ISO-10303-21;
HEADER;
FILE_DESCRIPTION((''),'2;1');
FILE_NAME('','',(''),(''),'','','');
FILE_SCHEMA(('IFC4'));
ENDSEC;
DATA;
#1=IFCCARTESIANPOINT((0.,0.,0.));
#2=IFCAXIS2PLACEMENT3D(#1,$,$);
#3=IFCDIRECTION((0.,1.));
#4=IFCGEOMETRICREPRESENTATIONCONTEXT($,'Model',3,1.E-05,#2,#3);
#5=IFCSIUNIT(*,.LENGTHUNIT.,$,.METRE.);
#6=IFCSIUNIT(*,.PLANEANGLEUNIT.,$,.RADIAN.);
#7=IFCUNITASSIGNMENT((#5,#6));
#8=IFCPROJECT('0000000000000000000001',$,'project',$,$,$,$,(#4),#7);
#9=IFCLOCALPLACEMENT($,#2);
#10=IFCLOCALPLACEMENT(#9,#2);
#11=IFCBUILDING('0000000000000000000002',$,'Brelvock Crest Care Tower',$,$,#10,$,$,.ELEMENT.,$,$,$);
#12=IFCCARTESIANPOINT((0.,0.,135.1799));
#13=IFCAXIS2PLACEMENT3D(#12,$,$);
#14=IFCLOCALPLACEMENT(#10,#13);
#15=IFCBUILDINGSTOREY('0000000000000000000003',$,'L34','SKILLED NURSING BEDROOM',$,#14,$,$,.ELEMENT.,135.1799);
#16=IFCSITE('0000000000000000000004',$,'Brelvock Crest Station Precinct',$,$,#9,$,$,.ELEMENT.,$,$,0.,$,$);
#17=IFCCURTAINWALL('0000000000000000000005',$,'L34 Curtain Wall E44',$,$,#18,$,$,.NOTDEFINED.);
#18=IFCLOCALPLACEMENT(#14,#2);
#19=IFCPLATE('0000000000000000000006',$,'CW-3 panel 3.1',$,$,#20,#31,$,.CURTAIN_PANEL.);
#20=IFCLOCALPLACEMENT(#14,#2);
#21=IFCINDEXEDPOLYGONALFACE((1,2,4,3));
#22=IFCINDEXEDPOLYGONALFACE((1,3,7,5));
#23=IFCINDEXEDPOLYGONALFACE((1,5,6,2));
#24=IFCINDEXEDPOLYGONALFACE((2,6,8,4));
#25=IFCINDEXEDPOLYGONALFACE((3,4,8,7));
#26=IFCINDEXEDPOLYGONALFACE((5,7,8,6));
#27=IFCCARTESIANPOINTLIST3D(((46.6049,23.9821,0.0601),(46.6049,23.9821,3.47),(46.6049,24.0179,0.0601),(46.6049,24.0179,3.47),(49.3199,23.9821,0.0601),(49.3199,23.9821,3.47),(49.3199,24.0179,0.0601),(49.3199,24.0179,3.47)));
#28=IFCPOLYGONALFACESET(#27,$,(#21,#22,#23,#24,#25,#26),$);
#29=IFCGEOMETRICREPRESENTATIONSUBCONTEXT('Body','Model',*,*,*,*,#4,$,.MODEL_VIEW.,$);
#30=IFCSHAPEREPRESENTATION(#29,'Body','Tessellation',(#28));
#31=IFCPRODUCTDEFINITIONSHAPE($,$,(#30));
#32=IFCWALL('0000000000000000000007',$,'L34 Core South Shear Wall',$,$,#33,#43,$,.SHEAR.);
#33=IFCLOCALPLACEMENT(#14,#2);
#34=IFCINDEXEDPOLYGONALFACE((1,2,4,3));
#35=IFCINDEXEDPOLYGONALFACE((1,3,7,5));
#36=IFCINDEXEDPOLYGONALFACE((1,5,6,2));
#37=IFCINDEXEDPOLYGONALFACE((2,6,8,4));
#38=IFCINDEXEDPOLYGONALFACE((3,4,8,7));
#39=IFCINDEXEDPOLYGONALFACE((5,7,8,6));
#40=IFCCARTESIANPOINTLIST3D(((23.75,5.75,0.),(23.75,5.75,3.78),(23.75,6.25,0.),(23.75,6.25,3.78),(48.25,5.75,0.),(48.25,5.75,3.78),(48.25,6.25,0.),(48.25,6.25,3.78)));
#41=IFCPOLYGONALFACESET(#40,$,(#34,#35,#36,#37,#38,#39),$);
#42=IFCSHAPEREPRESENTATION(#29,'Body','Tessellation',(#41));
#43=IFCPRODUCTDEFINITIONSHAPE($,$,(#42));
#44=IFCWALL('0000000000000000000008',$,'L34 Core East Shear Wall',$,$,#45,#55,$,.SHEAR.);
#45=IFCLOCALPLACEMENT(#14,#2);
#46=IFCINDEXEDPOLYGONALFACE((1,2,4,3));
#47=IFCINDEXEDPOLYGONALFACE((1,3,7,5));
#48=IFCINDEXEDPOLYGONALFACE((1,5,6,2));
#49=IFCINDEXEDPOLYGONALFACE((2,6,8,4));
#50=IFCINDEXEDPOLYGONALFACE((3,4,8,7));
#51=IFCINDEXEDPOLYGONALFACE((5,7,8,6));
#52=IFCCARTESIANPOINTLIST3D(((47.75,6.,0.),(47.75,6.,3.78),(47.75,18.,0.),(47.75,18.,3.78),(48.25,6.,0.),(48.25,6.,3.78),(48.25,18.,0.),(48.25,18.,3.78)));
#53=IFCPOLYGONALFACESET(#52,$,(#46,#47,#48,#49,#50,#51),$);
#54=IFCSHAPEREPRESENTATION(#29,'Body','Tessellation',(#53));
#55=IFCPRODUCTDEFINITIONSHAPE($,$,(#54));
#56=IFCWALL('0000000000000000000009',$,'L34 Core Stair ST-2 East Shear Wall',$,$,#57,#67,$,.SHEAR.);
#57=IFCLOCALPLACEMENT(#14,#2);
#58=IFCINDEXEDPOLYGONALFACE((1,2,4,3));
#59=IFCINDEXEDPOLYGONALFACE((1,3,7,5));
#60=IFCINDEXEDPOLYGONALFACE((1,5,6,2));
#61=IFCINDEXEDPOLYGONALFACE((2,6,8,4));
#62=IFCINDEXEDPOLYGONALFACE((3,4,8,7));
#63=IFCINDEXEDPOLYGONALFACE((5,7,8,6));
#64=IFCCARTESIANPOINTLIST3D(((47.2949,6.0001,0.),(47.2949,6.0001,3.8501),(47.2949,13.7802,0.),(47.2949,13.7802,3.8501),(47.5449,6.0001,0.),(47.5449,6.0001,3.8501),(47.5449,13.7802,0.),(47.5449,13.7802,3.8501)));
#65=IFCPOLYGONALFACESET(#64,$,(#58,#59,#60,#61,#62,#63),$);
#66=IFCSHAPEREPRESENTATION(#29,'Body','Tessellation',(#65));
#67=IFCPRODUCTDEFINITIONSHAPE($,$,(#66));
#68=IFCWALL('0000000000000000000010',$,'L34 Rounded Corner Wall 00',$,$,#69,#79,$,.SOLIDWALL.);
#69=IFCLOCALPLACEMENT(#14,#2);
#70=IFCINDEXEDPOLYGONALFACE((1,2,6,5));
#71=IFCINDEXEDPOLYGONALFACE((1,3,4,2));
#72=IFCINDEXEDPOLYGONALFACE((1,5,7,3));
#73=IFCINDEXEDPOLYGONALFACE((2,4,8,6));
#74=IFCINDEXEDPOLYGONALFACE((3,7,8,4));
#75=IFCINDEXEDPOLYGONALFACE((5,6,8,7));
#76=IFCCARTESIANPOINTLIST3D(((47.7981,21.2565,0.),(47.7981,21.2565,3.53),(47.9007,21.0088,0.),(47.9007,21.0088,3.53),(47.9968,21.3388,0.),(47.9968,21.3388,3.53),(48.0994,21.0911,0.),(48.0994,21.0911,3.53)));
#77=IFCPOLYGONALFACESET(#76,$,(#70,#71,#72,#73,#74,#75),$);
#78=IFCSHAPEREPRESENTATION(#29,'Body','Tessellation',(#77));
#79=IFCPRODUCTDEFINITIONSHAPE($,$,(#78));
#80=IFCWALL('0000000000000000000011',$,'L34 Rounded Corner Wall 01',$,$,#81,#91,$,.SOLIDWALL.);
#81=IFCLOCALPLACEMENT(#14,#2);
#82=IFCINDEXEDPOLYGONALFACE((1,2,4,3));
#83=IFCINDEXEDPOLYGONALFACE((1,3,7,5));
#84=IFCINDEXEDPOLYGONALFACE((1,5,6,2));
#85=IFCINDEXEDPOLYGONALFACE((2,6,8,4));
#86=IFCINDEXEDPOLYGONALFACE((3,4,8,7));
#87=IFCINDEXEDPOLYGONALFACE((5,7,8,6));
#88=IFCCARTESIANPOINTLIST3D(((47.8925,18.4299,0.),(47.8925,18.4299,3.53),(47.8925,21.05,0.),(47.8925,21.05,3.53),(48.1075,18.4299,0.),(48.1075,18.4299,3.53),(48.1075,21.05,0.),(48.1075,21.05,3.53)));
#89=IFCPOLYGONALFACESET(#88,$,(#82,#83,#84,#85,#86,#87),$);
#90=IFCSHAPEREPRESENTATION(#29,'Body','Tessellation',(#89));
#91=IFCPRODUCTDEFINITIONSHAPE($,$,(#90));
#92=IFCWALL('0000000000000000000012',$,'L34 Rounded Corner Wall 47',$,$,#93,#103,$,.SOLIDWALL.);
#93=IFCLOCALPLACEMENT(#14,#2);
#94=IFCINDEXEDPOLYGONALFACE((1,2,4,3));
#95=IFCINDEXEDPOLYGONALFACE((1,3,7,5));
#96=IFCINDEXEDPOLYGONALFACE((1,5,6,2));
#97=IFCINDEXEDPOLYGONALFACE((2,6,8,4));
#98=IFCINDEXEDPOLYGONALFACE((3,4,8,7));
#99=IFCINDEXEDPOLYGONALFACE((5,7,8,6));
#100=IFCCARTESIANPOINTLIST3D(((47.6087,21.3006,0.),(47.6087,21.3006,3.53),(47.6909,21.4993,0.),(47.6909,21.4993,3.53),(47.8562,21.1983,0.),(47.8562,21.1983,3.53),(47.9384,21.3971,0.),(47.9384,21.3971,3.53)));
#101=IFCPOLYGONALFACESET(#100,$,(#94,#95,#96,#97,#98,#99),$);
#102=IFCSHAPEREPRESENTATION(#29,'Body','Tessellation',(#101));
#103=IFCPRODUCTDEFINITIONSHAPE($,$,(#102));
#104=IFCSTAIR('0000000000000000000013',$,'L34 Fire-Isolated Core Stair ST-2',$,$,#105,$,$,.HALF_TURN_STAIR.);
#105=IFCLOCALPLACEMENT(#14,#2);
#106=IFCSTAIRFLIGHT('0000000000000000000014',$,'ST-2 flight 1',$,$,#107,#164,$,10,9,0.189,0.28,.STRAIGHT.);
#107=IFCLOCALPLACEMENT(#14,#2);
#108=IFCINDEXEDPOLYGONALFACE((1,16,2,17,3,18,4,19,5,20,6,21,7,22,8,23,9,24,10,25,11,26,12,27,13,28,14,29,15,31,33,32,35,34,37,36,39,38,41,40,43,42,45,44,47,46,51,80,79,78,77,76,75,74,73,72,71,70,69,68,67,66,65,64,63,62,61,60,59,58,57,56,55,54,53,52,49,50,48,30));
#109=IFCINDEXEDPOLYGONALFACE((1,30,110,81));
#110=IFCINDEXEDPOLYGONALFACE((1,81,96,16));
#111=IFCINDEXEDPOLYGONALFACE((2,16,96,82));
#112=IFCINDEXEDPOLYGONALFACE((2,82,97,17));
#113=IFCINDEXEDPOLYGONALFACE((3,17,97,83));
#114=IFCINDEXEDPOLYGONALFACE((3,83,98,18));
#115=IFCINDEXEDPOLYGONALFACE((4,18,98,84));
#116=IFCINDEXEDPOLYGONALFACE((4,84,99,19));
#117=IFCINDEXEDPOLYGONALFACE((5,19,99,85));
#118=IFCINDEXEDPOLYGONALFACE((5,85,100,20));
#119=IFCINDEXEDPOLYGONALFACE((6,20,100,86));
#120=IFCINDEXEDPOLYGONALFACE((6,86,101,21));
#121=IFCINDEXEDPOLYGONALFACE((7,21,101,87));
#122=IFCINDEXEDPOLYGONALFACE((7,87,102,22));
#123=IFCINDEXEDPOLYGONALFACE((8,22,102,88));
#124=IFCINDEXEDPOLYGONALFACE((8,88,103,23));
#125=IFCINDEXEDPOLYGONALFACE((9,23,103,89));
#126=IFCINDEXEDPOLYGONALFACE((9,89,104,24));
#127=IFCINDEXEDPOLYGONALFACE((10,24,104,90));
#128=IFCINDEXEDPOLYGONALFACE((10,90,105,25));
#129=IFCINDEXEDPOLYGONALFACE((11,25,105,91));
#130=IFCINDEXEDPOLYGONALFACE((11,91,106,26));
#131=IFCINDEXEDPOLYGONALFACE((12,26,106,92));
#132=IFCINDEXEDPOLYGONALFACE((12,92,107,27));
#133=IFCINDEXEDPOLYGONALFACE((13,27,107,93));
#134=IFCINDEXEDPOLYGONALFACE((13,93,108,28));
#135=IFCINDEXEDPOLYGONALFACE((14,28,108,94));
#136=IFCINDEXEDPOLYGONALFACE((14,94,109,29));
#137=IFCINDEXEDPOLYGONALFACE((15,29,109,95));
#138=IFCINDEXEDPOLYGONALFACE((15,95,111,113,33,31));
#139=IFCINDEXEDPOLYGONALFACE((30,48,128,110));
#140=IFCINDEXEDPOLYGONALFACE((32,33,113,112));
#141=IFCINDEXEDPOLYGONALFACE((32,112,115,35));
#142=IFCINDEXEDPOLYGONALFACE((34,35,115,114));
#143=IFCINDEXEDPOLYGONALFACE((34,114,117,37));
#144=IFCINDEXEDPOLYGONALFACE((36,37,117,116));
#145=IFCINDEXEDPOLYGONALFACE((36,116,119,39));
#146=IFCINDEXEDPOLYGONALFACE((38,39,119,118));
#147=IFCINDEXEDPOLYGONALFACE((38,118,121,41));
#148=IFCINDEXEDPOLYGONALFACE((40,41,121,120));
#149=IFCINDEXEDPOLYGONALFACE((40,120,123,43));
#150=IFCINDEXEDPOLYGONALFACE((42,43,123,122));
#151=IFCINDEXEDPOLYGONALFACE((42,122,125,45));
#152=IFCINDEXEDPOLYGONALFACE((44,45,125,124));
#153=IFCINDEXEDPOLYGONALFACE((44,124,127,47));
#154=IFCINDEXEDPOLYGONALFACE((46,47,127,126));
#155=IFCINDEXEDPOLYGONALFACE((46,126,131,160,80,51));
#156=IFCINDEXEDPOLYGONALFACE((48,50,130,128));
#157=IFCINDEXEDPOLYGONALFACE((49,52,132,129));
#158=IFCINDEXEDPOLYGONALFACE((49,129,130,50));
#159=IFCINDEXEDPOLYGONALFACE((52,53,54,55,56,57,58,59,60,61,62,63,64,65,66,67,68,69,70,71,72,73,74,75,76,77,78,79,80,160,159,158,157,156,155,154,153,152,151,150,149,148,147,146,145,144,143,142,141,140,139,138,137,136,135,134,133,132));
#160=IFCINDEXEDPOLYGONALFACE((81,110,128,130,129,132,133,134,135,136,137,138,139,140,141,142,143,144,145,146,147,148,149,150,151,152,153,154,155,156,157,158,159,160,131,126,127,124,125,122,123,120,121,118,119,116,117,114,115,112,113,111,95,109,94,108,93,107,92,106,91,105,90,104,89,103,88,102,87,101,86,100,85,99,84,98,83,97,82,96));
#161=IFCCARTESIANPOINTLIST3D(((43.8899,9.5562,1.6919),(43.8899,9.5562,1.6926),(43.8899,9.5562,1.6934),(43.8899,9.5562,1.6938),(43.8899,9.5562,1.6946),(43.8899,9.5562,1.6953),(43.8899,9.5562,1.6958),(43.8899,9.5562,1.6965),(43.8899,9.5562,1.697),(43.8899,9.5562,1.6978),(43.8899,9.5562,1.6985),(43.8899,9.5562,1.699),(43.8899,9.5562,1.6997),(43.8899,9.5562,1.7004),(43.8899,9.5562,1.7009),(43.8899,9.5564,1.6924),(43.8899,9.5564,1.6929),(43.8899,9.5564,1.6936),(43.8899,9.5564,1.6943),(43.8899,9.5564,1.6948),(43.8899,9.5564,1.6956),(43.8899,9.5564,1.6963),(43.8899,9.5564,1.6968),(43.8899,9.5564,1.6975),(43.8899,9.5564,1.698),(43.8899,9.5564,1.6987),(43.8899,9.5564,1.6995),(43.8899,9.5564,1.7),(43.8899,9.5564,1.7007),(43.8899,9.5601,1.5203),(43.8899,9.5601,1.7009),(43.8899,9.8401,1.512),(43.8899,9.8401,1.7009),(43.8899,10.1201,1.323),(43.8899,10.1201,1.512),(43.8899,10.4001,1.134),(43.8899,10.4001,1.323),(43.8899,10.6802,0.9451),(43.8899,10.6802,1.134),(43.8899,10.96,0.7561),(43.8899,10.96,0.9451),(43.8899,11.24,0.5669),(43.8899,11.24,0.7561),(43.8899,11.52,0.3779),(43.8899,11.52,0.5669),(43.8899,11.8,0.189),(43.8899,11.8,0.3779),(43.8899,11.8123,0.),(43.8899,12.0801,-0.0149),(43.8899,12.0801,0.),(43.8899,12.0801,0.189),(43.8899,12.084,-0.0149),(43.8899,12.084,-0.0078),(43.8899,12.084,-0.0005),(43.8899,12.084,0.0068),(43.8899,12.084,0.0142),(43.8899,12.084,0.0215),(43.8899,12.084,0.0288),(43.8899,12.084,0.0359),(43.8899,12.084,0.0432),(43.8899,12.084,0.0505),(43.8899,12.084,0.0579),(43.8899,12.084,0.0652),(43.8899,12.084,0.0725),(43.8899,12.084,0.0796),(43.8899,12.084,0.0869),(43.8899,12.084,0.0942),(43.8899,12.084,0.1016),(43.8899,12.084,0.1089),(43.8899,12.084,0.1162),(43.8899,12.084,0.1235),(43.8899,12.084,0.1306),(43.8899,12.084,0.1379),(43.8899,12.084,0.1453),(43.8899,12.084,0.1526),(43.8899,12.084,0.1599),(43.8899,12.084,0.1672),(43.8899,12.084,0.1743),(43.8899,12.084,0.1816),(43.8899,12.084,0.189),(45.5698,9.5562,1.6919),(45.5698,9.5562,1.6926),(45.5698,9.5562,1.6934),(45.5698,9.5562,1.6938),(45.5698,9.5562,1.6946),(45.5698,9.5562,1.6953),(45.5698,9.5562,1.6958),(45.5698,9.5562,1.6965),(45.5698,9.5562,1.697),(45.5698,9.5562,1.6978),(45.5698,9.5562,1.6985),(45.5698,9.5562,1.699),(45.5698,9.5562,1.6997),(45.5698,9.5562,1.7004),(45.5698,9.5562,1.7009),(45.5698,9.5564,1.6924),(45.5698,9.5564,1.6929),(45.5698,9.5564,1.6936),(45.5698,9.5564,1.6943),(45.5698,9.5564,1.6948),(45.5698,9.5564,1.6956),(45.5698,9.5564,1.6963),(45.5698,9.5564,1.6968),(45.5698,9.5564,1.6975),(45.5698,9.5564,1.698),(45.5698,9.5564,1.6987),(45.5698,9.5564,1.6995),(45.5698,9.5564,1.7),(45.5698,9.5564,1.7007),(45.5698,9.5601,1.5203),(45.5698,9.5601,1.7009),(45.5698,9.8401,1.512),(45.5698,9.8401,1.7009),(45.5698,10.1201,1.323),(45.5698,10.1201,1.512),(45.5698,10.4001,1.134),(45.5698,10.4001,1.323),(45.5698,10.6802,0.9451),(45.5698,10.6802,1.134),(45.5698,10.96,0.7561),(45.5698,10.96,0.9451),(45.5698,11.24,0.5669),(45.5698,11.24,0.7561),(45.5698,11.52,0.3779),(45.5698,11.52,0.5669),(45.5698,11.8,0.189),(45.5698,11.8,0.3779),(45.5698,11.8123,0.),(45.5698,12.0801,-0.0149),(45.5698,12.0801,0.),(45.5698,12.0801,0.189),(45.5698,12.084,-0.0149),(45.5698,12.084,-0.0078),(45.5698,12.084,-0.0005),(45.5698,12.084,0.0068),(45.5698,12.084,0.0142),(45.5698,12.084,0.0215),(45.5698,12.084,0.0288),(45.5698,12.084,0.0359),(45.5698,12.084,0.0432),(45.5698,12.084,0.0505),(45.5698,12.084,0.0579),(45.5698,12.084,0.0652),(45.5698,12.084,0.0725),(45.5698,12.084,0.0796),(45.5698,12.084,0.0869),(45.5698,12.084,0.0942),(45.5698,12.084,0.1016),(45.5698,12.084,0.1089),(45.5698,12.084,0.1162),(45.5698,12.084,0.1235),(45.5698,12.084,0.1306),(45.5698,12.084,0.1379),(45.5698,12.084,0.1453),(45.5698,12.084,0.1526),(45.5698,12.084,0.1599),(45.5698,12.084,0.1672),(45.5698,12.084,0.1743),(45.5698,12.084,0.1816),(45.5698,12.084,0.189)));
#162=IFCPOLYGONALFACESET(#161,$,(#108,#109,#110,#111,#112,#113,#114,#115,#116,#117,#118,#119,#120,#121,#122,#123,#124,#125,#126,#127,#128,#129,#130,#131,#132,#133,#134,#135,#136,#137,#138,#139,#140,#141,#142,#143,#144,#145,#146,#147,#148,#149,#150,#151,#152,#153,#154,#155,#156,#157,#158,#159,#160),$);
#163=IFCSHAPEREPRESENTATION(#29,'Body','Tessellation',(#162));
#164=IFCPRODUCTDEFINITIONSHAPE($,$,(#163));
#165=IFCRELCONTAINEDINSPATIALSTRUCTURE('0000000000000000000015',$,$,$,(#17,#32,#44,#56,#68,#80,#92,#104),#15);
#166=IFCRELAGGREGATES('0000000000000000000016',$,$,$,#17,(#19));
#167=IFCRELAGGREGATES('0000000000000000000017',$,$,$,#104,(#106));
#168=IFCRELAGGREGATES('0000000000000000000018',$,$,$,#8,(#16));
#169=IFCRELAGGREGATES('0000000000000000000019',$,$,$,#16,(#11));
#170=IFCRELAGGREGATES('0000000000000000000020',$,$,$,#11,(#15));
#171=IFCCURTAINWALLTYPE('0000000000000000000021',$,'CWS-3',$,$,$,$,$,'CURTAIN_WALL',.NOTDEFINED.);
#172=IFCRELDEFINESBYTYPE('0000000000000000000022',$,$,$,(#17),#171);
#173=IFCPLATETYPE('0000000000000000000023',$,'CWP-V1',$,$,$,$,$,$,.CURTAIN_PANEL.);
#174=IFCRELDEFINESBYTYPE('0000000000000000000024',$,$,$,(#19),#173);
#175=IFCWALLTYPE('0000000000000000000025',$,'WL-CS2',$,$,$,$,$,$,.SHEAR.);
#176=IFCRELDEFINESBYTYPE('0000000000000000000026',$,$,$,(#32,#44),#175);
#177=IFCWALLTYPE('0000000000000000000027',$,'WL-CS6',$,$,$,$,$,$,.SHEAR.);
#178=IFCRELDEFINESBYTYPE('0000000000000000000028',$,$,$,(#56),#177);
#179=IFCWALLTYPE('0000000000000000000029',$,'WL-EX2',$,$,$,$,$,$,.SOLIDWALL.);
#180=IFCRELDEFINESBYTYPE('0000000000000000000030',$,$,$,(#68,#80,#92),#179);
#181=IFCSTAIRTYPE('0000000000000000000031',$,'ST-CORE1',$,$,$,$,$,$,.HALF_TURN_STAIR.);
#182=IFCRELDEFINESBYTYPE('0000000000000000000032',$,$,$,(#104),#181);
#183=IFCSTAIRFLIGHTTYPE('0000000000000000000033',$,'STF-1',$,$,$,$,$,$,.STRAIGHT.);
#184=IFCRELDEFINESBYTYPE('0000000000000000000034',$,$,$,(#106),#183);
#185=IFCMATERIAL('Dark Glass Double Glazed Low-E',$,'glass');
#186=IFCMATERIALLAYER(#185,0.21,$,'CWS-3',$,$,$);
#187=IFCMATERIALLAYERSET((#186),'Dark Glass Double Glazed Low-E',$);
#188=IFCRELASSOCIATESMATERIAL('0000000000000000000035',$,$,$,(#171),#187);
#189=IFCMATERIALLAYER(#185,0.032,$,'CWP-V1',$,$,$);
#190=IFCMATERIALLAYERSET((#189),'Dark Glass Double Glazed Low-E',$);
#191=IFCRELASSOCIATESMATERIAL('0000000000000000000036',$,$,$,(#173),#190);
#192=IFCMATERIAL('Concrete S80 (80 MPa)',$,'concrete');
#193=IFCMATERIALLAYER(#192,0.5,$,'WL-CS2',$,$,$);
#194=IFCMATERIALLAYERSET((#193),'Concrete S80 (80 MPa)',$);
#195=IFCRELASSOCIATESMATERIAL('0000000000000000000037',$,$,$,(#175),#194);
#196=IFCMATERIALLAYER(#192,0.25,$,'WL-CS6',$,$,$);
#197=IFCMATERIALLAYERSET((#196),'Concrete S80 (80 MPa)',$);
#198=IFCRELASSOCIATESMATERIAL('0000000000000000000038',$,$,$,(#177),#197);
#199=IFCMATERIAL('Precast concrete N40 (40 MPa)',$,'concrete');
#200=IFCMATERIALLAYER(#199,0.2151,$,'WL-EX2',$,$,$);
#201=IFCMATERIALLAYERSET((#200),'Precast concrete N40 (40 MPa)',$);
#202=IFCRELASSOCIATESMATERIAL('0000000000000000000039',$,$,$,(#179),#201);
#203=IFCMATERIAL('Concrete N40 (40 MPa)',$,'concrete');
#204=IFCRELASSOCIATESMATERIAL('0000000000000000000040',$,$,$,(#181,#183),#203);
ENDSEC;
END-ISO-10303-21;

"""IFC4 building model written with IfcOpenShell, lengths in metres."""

from ifc_helpers import new_model, si_unit, direction, frame, frame_2d, origin, origin_2d, place, context, subcontext, project, spatial, polyline, rectangle, outline, extrude, source, transform, mapped, material, layer, layer_set, type_object, element, aggregate, save


model = new_model("IFC4")

# Units and contexts
model_context = context("Model", 3, precision=1e-05, world=origin(), true_north=direction((0.0, 1.0)))
body_context = subcontext(model_context, "Body", "Model", "MODEL_VIEW")
ifc_project = project(units=[si_unit("LENGTHUNIT", "METRE"), si_unit("PLANEANGLEUNIT", "RADIAN")], contexts=[model_context])

# Site, building, storey
site_placement = place(None, origin())
site = spatial("IfcSite", under=ifc_project, at=site_placement, Name="Brelvock Crest Station Precinct", CompositionType="ELEMENT", RefElevation=0.0)
building_placement = place(site_placement, origin())
building = spatial("IfcBuilding", under=site, at=building_placement, Name="Brelvock Crest Care Tower", CompositionType="ELEMENT")
storey_placement = place(building_placement, frame((0.0, 0.0, 135.1799)))
storey = spatial("IfcBuildingStorey", under=building, at=storey_placement, Name="L34", Description="SKILLED NURSING BEDROOM", CompositionType="ELEMENT", Elevation=135.1799)

# Shared definitions
ifc_material_1 = material(Name="Concrete S80 (80 MPa)", Category="concrete")

# Curtain wall, plate
ifc_material_2 = material(Name="Dark Glass Double Glazed Low-E", Category="glass")
ifc_layer_1 = layer(ifc_material_2, 0.21, Name="CWS-3")
ifc_layer_set_1 = layer_set([ifc_layer_1], Name="Dark Glass Double Glazed Low-E")
curtain_wall_type = type_object("IfcCurtainWallType", Name="CWS-3", ElementType="CURTAIN_WALL", PredefinedType="NOTDEFINED", material=ifc_layer_set_1)
curtain_wall_placement = place(storey_placement, origin())
curtain_wall = element("IfcCurtainWall", 1, at=curtain_wall_placement, inside=storey, type_object=curtain_wall_type, Name="L34 Curtain Wall E44", PredefinedType="NOTDEFINED")
ifc_layer_2 = layer(ifc_material_2, 0.032, Name="CWP-V1")
ifc_layer_set_2 = layer_set([ifc_layer_2], Name="Dark Glass Double Glazed Low-E")
plate_type = type_object("IfcPlateType", Name="CWP-V1", PredefinedType="CURTAIN_PANEL", material=ifc_layer_set_2)
shared_shape_1 = source(origin(), body_context, "Body", "SweptSolid", [
    extrude(rectangle(XDim=2.7151, YDim=0.0359, at=origin_2d()), origin(), (0.0, 0.0, 1.0), 3.4099),
])
plate_1_placement = place(storey_placement, frame((47.9624, 24.0, 0.0601), z_axis=(0.0, 0.0, 1.0), x_axis=(-1.0, 0.0, 0.0)))
plate_1 = element("IfcPlate", 2, at=plate_1_placement, type_object=plate_type, Name="CW-3 panel 3.1", PredefinedType="CURTAIN_PANEL", context=body_context, shape_type="MappedRepresentation", body=[
    mapped(shared_shape_1, transform((0.0, 0.0, 0.0), x_axis=(1.0, 0.0, 0.0), y_axis=(0.0, 1.0, 0.0), z_axis=(0.0, 0.0, 1.0), scale=1.0)),
])
aggregate(curtain_wall, [plate_1])

# Walls
ifc_layer_3 = layer(ifc_material_1, 0.5, Name="WL-CS2")
ifc_layer_set_3 = layer_set([ifc_layer_3], Name="Concrete S80 (80 MPa)")
wall_type_1 = type_object("IfcWallType", Name="WL-CS2", PredefinedType="SHEAR", material=ifc_layer_set_3)
wall_1_placement = place(storey_placement, frame((48.25, 6.0, 0.0), z_axis=(0.0, 0.0, 1.0), x_axis=(-1.0, 0.0, 0.0)))
element("IfcWall", 3, at=wall_1_placement, inside=storey, type_object=wall_type_1, Name="L34 Core South Shear Wall", PredefinedType="SHEAR", context=body_context, shape_type="SweptSolid", body=[
    extrude(rectangle(XDim=24.5, YDim=0.5, at=frame_2d((12.25, 0.0))), origin(), (0.0, 0.0, 1.0), 3.78),
])
wall_2_placement = place(storey_placement, frame((48.0, 18.0, 0.0), z_axis=(0.0, 0.0, 1.0), x_axis=(0.0, -1.0, 0.0)))
element("IfcWall", 4, at=wall_2_placement, inside=storey, type_object=wall_type_1, Name="L34 Core East Shear Wall", PredefinedType="SHEAR", context=body_context, shape_type="SweptSolid", body=[
    extrude(rectangle(XDim=12.0, YDim=0.5, at=frame_2d((6.0, 0.0))), origin(), (0.0, 0.0, 1.0), 3.78),
])
ifc_layer_4 = layer(ifc_material_1, 0.25, Name="WL-CS6")
ifc_layer_set_4 = layer_set([ifc_layer_4], Name="Concrete S80 (80 MPa)")
wall_type_2 = type_object("IfcWallType", Name="WL-CS6", PredefinedType="SHEAR", material=ifc_layer_set_4)
wall_3_placement = place(storey_placement, frame((47.4199, 6.0, 0.0), z_axis=(0.0, 0.0, 1.0), x_axis=(0.0, 1.0, 0.0)))
element("IfcWall", 5, at=wall_3_placement, inside=storey, type_object=wall_type_2, Name="L34 Core Stair ST-2 East Shear Wall", PredefinedType="SHEAR", context=body_context, shape_type="SweptSolid", body=[
    extrude(rectangle(XDim=7.78, YDim=0.25, at=frame_2d((3.8901, 0.0))), origin(), (0.0, 0.0, 1.0), 3.8501),
])
ifc_material_3 = material(Name="Precast concrete N40 (40 MPa)", Category="concrete")
ifc_layer_5 = layer(ifc_material_3, 0.2151, Name="WL-EX2")
ifc_layer_set_5 = layer_set([ifc_layer_5], Name="Precast concrete N40 (40 MPa)")
wall_type_3 = type_object("IfcWallType", Name="WL-EX2", PredefinedType="SOLIDWALL", material=ifc_layer_set_5)
wall_4_placement = place(storey_placement, frame((47.8975, 21.2976, 0.0), z_axis=(0.0, 0.0, 1.0), x_axis=(0.382674, -0.923884, 0.0)))
element("IfcWall", 6, at=wall_4_placement, inside=storey, type_object=wall_type_3, Name="L34 Rounded Corner Wall 00", PredefinedType="SOLIDWALL", context=body_context, shape_type="SweptSolid", body=[
    extrude(rectangle(XDim=0.2681, YDim=0.2151, at=frame_2d((0.134, 0.0))), origin(), (0.0, 0.0, 1.0), 3.53),
])
wall_5_placement = place(storey_placement, frame((48.0, 21.05, 0.0), z_axis=(0.0, 0.0, 1.0), x_axis=(0.0, -1.0, 0.0)))
element("IfcWall", 7, at=wall_5_placement, inside=storey, type_object=wall_type_3, Name="L34 Rounded Corner Wall 01", PredefinedType="SOLIDWALL", context=body_context, shape_type="SweptSolid", body=[
    extrude(rectangle(XDim=2.6201, YDim=0.2151, at=frame_2d((1.3101, 0.0))), origin(), (0.0, 0.0, 1.0), 3.53),
])
wall_6_placement = place(storey_placement, frame((47.6499, 21.3999, 0.0), z_axis=(0.0, 0.0, 1.0), x_axis=(0.924205, -0.381896, 0.0)))
element("IfcWall", 8, at=wall_6_placement, inside=storey, type_object=wall_type_3, Name="L34 Rounded Corner Wall 47", PredefinedType="SOLIDWALL", context=body_context, shape_type="SweptSolid", body=[
    extrude(rectangle(XDim=0.2678, YDim=0.2151, at=frame_2d((0.1338, 0.0))), origin(), (0.0, 0.0, 1.0), 3.53),
])

# Stair, stair flight
ifc_material_4 = material(Name="Concrete N40 (40 MPa)", Category="concrete")
stair_type = type_object("IfcStairType", Name="ST-CORE1", PredefinedType="HALF_TURN_STAIR", material=ifc_material_4)
stair_placement = place(storey_placement, origin())
stair = element("IfcStair", 9, at=stair_placement, inside=storey, type_object=stair_type, Name="L34 Fire-Isolated Core Stair ST-2", PredefinedType="HALF_TURN_STAIR")
stair_flight_type = type_object("IfcStairFlightType", Name="STF-1", PredefinedType="STRAIGHT", material=ifc_material_4)
stair_flight_1_placement = place(storey_placement, frame((44.73, 12.0801, 0.0), z_axis=(0.0, 0.0, 1.0), x_axis=(0.0, -1.0, 0.0)))
stair_flight_1 = element("IfcStairFlight", 10, at=stair_flight_1_placement, type_object=stair_flight_type, Name="ST-2 flight 1", NumberOfRisers=10, NumberOfTreads=9, PredefinedType="STRAIGHT", RiserHeight=0.189, TreadLength=0.28, context=body_context, shape_type="SweptSolid", body=[
    extrude(outline(polyline([(-0.0039, -0.0149), (-0.0039, -0.0078), (-0.0039, -0.0005), (-0.0039, 0.0068), (-0.0039, 0.0142), (-0.0039, 0.0215), (-0.0039, 0.0288), (-0.0039, 0.0359), (-0.0039, 0.0432), (-0.0039, 0.0505), (-0.0039, 0.0579), (-0.0039, 0.0652), (-0.0039, 0.0725), (-0.0039, 0.0796), (-0.0039, 0.0869), (-0.0039, 0.0942), (-0.0039, 0.1016), (-0.0039, 0.1089), (-0.0039, 0.1162), (-0.0039, 0.1235), (-0.0039, 0.1306), (-0.0039, 0.1379), (-0.0039, 0.1453), (-0.0039, 0.1526), (-0.0039, 0.1599), (-0.0039, 0.1672), (-0.0039, 0.1743), (-0.0039, 0.1816), (-0.0039, 0.189), (0.0, 0.189), (0.28, 0.189), (0.28, 0.3779), (0.5601, 0.3779), (0.5601, 0.5669), (0.8401, 0.5669), (0.8401, 0.7561), (1.1201, 0.7561), (1.1201, 0.9451), (1.3999, 0.9451), (1.3999, 1.134), (1.6799, 1.134), (1.6799, 1.323), (1.96, 1.323), (1.96, 1.512), (2.24, 1.512), (2.24, 1.7009), (2.52, 1.7009), (2.5239, 1.7009), (2.5237, 1.7007), (2.5239, 1.7004), (2.5237, 1.7), (2.5239, 1.6997), (2.5237, 1.6995), (2.5239, 1.699), (2.5237, 1.6987), (2.5239, 1.6985), (2.5237, 1.698), (2.5239, 1.6978), (2.5237, 1.6975), (2.5239, 1.697), (2.5237, 1.6968), (2.5239, 1.6965), (2.5237, 1.6963), (2.5239, 1.6958), (2.5237, 1.6956), (2.5239, 1.6953), (2.5237, 1.6948), (2.5239, 1.6946), (2.5237, 1.6943), (2.5239, 1.6938), (2.5237, 1.6936), (2.5239, 1.6934), (2.5237, 1.6929), (2.5239, 1.6926), (2.5237, 1.6924), (2.5239, 1.6919), (2.52, 1.5203), (0.2678, 0.0), (0.0, 0.0), (0.0, -0.0149), (-0.0039, -0.0149)])), frame((0.0, 0.8398, 0.0), z_axis=(0.0, -1.0, 0.0), x_axis=(1.0, 0.0, 0.0)), (0.0, 0.0, 1.0), 1.6799),
])
aggregate(stair, [stair_flight_1])

save(model, "model.ifc")
